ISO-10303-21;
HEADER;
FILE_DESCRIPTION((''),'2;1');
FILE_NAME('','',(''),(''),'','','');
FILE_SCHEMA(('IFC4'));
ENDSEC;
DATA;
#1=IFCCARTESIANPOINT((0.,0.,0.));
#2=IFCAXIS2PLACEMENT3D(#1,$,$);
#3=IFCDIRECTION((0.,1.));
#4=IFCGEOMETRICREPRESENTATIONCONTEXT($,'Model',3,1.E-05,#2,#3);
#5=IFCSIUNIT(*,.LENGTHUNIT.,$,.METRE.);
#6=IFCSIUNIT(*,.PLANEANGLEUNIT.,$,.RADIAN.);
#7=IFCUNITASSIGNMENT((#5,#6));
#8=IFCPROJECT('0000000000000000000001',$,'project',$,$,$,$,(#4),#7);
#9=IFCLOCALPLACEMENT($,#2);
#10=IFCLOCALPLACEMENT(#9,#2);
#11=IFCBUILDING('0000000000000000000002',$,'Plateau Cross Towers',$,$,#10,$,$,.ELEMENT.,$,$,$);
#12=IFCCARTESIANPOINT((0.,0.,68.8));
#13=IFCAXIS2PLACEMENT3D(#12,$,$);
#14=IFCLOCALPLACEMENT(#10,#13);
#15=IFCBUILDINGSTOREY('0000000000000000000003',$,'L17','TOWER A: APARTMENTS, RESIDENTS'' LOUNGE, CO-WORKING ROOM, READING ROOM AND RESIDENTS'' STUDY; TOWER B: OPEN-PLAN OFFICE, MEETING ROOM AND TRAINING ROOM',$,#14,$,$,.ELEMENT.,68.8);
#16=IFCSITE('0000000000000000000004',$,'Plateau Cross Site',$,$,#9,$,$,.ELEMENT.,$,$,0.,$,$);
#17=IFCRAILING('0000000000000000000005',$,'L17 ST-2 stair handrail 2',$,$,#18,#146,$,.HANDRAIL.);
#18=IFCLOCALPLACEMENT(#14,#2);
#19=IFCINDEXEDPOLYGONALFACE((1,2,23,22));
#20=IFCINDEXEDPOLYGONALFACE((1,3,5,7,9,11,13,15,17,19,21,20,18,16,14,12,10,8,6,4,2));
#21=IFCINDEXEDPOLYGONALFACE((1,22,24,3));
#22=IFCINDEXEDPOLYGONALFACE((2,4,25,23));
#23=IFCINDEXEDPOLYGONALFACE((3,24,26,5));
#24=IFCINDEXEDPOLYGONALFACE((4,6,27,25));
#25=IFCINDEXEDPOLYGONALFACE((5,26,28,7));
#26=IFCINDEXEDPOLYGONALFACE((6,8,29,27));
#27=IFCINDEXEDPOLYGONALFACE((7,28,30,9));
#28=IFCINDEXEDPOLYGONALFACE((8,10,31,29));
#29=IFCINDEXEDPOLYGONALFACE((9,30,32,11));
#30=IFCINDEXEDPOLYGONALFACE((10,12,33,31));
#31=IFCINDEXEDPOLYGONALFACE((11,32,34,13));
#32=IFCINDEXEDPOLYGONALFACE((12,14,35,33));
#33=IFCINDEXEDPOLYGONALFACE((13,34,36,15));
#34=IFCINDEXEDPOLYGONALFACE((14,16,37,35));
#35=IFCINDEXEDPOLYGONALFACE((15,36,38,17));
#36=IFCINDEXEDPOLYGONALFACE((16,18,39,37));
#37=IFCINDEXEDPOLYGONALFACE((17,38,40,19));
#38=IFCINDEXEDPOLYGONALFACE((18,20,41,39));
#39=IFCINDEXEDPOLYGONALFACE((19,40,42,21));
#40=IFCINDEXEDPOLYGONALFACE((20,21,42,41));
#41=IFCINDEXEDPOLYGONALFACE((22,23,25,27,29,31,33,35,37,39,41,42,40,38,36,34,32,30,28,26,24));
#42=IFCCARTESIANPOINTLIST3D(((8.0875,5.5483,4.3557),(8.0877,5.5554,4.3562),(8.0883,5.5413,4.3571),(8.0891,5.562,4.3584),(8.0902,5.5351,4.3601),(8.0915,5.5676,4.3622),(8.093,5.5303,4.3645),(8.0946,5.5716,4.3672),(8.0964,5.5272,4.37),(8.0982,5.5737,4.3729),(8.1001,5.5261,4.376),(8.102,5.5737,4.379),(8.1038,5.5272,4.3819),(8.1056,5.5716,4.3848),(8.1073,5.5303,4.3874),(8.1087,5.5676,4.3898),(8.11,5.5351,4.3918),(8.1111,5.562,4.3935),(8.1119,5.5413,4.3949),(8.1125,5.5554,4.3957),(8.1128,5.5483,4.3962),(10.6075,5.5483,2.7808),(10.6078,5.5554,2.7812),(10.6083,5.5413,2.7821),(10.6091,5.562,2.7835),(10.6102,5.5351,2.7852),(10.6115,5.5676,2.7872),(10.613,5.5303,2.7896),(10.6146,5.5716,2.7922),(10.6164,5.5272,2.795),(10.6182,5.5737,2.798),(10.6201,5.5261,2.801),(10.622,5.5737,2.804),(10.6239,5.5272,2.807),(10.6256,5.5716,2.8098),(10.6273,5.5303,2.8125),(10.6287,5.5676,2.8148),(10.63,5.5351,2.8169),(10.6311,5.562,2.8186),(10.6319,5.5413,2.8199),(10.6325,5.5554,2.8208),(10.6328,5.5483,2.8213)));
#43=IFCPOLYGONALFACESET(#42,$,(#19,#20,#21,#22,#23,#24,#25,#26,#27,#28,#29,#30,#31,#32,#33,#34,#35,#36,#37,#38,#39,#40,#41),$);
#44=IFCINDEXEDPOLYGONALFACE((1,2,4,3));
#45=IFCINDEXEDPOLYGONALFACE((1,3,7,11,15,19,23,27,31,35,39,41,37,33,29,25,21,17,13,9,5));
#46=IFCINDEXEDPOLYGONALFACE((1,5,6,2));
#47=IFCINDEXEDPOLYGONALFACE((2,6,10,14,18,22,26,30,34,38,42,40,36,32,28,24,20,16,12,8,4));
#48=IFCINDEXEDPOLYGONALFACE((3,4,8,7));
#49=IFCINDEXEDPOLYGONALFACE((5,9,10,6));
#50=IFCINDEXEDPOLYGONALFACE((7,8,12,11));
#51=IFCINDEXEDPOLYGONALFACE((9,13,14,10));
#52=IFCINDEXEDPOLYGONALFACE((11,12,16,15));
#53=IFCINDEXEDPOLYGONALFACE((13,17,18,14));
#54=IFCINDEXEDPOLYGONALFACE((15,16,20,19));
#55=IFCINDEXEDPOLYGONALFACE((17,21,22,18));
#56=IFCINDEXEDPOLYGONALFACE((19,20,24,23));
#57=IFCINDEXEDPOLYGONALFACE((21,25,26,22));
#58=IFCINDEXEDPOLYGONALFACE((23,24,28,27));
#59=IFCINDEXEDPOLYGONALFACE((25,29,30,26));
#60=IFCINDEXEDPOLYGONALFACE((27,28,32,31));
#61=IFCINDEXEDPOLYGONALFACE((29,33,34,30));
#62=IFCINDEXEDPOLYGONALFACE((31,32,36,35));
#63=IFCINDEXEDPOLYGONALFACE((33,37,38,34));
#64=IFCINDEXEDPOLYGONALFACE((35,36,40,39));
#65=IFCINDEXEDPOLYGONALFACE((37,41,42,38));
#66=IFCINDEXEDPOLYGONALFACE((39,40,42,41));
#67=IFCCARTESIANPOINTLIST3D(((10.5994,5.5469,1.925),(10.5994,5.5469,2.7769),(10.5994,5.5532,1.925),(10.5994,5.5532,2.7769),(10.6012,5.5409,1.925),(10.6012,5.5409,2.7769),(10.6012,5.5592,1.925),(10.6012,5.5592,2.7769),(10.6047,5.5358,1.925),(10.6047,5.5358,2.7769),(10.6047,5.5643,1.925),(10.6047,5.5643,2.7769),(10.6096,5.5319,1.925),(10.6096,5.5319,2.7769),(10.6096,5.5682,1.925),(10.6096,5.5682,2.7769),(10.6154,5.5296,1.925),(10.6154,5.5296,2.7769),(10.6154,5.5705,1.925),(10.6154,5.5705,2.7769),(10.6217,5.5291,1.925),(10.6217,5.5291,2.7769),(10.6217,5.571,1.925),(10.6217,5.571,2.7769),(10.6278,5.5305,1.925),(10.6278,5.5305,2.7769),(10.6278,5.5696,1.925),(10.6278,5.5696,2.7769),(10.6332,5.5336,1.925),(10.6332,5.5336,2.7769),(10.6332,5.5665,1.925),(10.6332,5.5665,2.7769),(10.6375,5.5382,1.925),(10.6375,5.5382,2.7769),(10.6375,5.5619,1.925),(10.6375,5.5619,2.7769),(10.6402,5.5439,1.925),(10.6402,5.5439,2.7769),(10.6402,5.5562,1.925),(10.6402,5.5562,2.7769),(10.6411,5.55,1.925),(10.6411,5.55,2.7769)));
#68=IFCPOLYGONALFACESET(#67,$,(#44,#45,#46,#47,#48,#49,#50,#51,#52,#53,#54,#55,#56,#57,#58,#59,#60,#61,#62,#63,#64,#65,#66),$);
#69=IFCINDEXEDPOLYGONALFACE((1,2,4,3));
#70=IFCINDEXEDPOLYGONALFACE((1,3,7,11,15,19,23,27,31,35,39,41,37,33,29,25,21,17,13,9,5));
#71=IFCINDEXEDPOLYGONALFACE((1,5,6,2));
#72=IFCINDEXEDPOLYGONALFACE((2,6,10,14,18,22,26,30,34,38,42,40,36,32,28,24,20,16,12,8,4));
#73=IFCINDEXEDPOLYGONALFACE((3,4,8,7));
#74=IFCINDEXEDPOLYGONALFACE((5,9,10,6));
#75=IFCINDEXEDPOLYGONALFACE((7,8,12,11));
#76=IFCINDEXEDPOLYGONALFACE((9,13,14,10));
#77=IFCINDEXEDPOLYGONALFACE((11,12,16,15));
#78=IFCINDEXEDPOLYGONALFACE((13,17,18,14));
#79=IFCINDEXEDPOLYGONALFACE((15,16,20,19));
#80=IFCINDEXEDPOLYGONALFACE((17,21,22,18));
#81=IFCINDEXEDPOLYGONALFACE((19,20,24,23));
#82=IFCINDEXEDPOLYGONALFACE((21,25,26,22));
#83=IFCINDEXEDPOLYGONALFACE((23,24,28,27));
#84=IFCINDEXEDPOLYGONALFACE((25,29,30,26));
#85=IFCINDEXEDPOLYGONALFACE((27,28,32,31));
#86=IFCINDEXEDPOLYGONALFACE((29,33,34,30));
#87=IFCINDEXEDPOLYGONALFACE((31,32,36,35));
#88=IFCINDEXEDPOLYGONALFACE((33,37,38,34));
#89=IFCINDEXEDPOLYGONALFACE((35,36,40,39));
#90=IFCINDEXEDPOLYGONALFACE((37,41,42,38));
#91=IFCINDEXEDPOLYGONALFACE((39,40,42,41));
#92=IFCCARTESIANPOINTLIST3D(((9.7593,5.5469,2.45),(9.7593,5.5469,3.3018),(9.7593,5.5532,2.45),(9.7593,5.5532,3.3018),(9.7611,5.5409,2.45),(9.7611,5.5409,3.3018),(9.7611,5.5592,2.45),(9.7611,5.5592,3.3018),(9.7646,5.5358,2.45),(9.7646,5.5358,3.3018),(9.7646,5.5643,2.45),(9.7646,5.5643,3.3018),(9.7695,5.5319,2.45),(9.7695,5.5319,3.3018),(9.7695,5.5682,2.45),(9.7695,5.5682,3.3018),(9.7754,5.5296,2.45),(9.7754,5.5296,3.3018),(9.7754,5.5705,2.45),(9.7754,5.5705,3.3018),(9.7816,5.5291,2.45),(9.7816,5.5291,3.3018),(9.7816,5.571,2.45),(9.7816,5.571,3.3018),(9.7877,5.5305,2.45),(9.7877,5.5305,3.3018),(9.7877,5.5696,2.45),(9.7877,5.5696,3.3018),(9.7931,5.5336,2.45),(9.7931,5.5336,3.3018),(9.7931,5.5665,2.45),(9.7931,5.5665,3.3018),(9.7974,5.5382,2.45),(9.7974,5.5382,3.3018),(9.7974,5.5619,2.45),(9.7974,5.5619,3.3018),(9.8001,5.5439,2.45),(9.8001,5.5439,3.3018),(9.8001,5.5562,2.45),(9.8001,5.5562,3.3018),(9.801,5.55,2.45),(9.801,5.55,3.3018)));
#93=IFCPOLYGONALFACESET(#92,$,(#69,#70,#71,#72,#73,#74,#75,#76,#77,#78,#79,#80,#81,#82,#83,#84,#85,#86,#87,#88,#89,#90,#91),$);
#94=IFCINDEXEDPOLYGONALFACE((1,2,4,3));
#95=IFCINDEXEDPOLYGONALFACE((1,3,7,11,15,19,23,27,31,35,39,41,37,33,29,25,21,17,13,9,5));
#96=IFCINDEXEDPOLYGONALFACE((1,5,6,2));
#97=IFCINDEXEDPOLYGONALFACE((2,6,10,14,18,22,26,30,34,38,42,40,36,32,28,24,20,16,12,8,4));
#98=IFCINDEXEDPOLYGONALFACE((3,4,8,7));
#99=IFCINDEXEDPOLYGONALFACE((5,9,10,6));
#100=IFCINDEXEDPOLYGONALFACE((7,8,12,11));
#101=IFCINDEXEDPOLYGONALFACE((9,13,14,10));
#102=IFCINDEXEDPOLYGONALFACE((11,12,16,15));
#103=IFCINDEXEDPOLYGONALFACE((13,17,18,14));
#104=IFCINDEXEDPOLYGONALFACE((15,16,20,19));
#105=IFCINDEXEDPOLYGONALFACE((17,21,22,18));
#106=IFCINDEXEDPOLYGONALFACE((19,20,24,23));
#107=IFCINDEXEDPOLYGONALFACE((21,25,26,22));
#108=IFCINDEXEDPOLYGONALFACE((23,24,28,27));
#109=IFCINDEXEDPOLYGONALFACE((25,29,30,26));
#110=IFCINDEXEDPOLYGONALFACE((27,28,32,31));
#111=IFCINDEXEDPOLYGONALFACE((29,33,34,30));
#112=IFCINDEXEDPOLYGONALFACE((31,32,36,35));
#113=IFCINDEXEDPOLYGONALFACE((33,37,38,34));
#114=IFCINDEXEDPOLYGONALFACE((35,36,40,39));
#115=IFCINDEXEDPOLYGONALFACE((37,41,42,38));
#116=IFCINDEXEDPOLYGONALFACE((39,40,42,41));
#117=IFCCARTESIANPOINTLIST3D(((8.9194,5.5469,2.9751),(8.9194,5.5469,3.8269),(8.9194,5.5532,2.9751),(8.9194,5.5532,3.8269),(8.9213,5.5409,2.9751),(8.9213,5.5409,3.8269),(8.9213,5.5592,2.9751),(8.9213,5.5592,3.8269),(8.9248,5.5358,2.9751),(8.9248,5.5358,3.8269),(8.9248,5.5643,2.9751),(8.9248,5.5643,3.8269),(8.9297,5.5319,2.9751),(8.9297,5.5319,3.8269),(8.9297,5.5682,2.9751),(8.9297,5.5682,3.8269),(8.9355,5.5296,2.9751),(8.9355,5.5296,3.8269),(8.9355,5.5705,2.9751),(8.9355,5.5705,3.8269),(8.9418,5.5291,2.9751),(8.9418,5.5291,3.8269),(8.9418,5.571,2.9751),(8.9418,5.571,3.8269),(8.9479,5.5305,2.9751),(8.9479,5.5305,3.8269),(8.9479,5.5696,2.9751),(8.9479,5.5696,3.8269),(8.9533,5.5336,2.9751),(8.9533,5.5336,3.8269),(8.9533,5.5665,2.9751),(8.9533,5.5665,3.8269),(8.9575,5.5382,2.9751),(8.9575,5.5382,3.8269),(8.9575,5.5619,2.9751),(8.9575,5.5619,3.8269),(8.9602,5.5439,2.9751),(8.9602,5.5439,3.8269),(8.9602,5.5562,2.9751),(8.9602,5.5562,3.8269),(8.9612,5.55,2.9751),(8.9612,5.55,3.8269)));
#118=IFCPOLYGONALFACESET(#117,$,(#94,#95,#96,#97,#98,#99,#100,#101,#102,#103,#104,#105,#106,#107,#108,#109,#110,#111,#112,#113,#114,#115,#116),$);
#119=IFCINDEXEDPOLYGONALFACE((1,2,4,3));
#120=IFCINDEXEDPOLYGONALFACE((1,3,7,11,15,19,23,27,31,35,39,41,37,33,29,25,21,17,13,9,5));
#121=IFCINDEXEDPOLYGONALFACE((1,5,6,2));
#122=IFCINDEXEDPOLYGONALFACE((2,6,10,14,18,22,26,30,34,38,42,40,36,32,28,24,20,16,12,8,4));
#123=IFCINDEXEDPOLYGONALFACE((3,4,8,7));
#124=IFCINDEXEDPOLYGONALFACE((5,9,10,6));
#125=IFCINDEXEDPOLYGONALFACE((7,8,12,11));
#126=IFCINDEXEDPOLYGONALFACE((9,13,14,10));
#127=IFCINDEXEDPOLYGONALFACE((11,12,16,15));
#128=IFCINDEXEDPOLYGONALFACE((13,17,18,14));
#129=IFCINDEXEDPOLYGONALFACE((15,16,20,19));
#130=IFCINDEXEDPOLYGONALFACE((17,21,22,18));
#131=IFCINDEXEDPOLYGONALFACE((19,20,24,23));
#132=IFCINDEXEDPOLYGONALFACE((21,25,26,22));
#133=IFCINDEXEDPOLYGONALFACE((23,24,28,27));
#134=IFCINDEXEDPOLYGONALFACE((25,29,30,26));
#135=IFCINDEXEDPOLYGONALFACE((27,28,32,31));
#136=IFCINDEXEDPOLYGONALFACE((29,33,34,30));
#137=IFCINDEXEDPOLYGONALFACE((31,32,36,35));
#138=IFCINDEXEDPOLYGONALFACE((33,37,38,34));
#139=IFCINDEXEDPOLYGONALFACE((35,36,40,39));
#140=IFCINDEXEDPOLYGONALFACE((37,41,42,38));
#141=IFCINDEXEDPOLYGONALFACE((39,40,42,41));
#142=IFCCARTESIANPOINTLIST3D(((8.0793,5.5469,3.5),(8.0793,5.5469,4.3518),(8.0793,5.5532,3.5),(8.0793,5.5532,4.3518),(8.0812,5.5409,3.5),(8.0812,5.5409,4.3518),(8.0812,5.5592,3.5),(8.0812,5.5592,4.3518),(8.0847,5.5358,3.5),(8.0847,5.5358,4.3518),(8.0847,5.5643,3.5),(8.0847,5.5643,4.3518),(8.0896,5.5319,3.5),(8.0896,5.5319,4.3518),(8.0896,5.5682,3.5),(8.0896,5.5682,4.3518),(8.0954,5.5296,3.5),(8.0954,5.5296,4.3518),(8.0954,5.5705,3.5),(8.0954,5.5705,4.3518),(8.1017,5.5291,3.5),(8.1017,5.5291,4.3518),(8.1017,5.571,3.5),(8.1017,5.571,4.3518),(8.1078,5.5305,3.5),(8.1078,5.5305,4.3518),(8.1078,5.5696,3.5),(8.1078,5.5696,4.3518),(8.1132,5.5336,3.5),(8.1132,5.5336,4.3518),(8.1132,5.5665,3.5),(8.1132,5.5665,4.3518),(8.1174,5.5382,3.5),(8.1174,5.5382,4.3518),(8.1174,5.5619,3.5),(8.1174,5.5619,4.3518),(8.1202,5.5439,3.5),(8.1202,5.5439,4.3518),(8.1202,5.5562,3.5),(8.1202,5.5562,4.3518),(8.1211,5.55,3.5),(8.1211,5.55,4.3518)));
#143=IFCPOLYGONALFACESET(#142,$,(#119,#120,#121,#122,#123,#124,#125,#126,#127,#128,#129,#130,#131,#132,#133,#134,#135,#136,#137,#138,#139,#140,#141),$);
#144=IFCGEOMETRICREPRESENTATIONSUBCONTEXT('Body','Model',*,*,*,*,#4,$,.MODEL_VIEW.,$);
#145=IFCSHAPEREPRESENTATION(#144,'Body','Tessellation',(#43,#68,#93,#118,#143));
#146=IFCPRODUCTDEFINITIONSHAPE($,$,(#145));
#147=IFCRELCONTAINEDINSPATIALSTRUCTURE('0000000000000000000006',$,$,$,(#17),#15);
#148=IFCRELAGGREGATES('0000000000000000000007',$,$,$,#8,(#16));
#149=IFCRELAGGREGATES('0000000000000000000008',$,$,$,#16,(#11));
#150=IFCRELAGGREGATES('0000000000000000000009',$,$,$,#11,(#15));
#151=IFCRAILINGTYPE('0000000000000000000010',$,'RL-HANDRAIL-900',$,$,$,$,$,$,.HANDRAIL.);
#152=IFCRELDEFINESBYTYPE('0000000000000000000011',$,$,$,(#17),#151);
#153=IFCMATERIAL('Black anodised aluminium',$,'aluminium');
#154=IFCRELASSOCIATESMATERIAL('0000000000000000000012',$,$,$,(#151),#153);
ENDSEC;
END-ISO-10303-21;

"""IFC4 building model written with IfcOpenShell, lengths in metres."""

from ifc_helpers import new_model, si_unit, direction, frame, origin, origin_2d, place, context, subcontext, project, spatial, circle, extrude, material, type_object, element, save


model = new_model("IFC4")

# Units and contexts
model_context = context("Model", 3, precision=1e-05, world=origin(), true_north=direction((0.0, 1.0)))
body_context = subcontext(model_context, "Body", "Model", "MODEL_VIEW")
ifc_project = project(units=[si_unit("LENGTHUNIT", "METRE"), si_unit("PLANEANGLEUNIT", "RADIAN")], contexts=[model_context])

# Site, building, storey
site_placement = place(None, origin())
site = spatial("IfcSite", under=ifc_project, at=site_placement, Name="Plateau Cross Site", CompositionType="ELEMENT", RefElevation=0.0)
building_placement = place(site_placement, origin())
building = spatial("IfcBuilding", under=site, at=building_placement, Name="Plateau Cross Towers", CompositionType="ELEMENT")
storey_placement = place(building_placement, frame((0.0, 0.0, 68.8)))
storey = spatial("IfcBuildingStorey", under=building, at=storey_placement, Name="L17", Description="TOWER A: APARTMENTS, RESIDENTS' LOUNGE, CO-WORKING ROOM, READING ROOM AND RESIDENTS' STUDY; TOWER B: OPEN-PLAN OFFICE, MEETING ROOM AND TRAINING ROOM", CompositionType="ELEMENT", Elevation=68.8)

# Railing
ifc_material_1 = material(Name="Black anodised aluminium", Category="aluminium")
railing_type_1 = type_object("IfcRailingType", Name="RL-HANDRAIL-900", PredefinedType="HANDRAIL", material=ifc_material_1)
railing_1_placement = place(storey_placement, frame((10.6201, 5.55, 1.925)))
element("IfcRailing", 1, at=railing_1_placement, inside=storey, type_object=railing_type_1, Name="L17 ST-2 stair handrail 2", PredefinedType="HANDRAIL", context=body_context, shape_type="SweptSolid", body=[
    extrude(circle(Radius=0.0239, at=origin_2d()), frame((0.0, 0.0, 0.876), z_axis=(-0.848008, 0.0, 0.529984), x_axis=(0.0, -1.0, 0.0)), (0.0, 0.0, 1.0), 2.9717),
    extrude(circle(Radius=0.021, at=origin_2d()), origin(), (0.0, 0.0, 1.0), 0.8518),
    extrude(circle(Radius=0.021, at=origin_2d()), frame((-0.8401, 0.0, 0.5249)), (0.0, 0.0, 1.0), 0.8518),
    extrude(circle(Radius=0.021, at=origin_2d()), frame((-1.6799, 0.0, 1.05)), (0.0, 0.0, 1.0), 0.8518),
    extrude(circle(Radius=0.021, at=origin_2d()), frame((-2.52, 0.0, 1.575)), (0.0, 0.0, 1.0), 0.8518),
])

save(model, "model.ifc")
